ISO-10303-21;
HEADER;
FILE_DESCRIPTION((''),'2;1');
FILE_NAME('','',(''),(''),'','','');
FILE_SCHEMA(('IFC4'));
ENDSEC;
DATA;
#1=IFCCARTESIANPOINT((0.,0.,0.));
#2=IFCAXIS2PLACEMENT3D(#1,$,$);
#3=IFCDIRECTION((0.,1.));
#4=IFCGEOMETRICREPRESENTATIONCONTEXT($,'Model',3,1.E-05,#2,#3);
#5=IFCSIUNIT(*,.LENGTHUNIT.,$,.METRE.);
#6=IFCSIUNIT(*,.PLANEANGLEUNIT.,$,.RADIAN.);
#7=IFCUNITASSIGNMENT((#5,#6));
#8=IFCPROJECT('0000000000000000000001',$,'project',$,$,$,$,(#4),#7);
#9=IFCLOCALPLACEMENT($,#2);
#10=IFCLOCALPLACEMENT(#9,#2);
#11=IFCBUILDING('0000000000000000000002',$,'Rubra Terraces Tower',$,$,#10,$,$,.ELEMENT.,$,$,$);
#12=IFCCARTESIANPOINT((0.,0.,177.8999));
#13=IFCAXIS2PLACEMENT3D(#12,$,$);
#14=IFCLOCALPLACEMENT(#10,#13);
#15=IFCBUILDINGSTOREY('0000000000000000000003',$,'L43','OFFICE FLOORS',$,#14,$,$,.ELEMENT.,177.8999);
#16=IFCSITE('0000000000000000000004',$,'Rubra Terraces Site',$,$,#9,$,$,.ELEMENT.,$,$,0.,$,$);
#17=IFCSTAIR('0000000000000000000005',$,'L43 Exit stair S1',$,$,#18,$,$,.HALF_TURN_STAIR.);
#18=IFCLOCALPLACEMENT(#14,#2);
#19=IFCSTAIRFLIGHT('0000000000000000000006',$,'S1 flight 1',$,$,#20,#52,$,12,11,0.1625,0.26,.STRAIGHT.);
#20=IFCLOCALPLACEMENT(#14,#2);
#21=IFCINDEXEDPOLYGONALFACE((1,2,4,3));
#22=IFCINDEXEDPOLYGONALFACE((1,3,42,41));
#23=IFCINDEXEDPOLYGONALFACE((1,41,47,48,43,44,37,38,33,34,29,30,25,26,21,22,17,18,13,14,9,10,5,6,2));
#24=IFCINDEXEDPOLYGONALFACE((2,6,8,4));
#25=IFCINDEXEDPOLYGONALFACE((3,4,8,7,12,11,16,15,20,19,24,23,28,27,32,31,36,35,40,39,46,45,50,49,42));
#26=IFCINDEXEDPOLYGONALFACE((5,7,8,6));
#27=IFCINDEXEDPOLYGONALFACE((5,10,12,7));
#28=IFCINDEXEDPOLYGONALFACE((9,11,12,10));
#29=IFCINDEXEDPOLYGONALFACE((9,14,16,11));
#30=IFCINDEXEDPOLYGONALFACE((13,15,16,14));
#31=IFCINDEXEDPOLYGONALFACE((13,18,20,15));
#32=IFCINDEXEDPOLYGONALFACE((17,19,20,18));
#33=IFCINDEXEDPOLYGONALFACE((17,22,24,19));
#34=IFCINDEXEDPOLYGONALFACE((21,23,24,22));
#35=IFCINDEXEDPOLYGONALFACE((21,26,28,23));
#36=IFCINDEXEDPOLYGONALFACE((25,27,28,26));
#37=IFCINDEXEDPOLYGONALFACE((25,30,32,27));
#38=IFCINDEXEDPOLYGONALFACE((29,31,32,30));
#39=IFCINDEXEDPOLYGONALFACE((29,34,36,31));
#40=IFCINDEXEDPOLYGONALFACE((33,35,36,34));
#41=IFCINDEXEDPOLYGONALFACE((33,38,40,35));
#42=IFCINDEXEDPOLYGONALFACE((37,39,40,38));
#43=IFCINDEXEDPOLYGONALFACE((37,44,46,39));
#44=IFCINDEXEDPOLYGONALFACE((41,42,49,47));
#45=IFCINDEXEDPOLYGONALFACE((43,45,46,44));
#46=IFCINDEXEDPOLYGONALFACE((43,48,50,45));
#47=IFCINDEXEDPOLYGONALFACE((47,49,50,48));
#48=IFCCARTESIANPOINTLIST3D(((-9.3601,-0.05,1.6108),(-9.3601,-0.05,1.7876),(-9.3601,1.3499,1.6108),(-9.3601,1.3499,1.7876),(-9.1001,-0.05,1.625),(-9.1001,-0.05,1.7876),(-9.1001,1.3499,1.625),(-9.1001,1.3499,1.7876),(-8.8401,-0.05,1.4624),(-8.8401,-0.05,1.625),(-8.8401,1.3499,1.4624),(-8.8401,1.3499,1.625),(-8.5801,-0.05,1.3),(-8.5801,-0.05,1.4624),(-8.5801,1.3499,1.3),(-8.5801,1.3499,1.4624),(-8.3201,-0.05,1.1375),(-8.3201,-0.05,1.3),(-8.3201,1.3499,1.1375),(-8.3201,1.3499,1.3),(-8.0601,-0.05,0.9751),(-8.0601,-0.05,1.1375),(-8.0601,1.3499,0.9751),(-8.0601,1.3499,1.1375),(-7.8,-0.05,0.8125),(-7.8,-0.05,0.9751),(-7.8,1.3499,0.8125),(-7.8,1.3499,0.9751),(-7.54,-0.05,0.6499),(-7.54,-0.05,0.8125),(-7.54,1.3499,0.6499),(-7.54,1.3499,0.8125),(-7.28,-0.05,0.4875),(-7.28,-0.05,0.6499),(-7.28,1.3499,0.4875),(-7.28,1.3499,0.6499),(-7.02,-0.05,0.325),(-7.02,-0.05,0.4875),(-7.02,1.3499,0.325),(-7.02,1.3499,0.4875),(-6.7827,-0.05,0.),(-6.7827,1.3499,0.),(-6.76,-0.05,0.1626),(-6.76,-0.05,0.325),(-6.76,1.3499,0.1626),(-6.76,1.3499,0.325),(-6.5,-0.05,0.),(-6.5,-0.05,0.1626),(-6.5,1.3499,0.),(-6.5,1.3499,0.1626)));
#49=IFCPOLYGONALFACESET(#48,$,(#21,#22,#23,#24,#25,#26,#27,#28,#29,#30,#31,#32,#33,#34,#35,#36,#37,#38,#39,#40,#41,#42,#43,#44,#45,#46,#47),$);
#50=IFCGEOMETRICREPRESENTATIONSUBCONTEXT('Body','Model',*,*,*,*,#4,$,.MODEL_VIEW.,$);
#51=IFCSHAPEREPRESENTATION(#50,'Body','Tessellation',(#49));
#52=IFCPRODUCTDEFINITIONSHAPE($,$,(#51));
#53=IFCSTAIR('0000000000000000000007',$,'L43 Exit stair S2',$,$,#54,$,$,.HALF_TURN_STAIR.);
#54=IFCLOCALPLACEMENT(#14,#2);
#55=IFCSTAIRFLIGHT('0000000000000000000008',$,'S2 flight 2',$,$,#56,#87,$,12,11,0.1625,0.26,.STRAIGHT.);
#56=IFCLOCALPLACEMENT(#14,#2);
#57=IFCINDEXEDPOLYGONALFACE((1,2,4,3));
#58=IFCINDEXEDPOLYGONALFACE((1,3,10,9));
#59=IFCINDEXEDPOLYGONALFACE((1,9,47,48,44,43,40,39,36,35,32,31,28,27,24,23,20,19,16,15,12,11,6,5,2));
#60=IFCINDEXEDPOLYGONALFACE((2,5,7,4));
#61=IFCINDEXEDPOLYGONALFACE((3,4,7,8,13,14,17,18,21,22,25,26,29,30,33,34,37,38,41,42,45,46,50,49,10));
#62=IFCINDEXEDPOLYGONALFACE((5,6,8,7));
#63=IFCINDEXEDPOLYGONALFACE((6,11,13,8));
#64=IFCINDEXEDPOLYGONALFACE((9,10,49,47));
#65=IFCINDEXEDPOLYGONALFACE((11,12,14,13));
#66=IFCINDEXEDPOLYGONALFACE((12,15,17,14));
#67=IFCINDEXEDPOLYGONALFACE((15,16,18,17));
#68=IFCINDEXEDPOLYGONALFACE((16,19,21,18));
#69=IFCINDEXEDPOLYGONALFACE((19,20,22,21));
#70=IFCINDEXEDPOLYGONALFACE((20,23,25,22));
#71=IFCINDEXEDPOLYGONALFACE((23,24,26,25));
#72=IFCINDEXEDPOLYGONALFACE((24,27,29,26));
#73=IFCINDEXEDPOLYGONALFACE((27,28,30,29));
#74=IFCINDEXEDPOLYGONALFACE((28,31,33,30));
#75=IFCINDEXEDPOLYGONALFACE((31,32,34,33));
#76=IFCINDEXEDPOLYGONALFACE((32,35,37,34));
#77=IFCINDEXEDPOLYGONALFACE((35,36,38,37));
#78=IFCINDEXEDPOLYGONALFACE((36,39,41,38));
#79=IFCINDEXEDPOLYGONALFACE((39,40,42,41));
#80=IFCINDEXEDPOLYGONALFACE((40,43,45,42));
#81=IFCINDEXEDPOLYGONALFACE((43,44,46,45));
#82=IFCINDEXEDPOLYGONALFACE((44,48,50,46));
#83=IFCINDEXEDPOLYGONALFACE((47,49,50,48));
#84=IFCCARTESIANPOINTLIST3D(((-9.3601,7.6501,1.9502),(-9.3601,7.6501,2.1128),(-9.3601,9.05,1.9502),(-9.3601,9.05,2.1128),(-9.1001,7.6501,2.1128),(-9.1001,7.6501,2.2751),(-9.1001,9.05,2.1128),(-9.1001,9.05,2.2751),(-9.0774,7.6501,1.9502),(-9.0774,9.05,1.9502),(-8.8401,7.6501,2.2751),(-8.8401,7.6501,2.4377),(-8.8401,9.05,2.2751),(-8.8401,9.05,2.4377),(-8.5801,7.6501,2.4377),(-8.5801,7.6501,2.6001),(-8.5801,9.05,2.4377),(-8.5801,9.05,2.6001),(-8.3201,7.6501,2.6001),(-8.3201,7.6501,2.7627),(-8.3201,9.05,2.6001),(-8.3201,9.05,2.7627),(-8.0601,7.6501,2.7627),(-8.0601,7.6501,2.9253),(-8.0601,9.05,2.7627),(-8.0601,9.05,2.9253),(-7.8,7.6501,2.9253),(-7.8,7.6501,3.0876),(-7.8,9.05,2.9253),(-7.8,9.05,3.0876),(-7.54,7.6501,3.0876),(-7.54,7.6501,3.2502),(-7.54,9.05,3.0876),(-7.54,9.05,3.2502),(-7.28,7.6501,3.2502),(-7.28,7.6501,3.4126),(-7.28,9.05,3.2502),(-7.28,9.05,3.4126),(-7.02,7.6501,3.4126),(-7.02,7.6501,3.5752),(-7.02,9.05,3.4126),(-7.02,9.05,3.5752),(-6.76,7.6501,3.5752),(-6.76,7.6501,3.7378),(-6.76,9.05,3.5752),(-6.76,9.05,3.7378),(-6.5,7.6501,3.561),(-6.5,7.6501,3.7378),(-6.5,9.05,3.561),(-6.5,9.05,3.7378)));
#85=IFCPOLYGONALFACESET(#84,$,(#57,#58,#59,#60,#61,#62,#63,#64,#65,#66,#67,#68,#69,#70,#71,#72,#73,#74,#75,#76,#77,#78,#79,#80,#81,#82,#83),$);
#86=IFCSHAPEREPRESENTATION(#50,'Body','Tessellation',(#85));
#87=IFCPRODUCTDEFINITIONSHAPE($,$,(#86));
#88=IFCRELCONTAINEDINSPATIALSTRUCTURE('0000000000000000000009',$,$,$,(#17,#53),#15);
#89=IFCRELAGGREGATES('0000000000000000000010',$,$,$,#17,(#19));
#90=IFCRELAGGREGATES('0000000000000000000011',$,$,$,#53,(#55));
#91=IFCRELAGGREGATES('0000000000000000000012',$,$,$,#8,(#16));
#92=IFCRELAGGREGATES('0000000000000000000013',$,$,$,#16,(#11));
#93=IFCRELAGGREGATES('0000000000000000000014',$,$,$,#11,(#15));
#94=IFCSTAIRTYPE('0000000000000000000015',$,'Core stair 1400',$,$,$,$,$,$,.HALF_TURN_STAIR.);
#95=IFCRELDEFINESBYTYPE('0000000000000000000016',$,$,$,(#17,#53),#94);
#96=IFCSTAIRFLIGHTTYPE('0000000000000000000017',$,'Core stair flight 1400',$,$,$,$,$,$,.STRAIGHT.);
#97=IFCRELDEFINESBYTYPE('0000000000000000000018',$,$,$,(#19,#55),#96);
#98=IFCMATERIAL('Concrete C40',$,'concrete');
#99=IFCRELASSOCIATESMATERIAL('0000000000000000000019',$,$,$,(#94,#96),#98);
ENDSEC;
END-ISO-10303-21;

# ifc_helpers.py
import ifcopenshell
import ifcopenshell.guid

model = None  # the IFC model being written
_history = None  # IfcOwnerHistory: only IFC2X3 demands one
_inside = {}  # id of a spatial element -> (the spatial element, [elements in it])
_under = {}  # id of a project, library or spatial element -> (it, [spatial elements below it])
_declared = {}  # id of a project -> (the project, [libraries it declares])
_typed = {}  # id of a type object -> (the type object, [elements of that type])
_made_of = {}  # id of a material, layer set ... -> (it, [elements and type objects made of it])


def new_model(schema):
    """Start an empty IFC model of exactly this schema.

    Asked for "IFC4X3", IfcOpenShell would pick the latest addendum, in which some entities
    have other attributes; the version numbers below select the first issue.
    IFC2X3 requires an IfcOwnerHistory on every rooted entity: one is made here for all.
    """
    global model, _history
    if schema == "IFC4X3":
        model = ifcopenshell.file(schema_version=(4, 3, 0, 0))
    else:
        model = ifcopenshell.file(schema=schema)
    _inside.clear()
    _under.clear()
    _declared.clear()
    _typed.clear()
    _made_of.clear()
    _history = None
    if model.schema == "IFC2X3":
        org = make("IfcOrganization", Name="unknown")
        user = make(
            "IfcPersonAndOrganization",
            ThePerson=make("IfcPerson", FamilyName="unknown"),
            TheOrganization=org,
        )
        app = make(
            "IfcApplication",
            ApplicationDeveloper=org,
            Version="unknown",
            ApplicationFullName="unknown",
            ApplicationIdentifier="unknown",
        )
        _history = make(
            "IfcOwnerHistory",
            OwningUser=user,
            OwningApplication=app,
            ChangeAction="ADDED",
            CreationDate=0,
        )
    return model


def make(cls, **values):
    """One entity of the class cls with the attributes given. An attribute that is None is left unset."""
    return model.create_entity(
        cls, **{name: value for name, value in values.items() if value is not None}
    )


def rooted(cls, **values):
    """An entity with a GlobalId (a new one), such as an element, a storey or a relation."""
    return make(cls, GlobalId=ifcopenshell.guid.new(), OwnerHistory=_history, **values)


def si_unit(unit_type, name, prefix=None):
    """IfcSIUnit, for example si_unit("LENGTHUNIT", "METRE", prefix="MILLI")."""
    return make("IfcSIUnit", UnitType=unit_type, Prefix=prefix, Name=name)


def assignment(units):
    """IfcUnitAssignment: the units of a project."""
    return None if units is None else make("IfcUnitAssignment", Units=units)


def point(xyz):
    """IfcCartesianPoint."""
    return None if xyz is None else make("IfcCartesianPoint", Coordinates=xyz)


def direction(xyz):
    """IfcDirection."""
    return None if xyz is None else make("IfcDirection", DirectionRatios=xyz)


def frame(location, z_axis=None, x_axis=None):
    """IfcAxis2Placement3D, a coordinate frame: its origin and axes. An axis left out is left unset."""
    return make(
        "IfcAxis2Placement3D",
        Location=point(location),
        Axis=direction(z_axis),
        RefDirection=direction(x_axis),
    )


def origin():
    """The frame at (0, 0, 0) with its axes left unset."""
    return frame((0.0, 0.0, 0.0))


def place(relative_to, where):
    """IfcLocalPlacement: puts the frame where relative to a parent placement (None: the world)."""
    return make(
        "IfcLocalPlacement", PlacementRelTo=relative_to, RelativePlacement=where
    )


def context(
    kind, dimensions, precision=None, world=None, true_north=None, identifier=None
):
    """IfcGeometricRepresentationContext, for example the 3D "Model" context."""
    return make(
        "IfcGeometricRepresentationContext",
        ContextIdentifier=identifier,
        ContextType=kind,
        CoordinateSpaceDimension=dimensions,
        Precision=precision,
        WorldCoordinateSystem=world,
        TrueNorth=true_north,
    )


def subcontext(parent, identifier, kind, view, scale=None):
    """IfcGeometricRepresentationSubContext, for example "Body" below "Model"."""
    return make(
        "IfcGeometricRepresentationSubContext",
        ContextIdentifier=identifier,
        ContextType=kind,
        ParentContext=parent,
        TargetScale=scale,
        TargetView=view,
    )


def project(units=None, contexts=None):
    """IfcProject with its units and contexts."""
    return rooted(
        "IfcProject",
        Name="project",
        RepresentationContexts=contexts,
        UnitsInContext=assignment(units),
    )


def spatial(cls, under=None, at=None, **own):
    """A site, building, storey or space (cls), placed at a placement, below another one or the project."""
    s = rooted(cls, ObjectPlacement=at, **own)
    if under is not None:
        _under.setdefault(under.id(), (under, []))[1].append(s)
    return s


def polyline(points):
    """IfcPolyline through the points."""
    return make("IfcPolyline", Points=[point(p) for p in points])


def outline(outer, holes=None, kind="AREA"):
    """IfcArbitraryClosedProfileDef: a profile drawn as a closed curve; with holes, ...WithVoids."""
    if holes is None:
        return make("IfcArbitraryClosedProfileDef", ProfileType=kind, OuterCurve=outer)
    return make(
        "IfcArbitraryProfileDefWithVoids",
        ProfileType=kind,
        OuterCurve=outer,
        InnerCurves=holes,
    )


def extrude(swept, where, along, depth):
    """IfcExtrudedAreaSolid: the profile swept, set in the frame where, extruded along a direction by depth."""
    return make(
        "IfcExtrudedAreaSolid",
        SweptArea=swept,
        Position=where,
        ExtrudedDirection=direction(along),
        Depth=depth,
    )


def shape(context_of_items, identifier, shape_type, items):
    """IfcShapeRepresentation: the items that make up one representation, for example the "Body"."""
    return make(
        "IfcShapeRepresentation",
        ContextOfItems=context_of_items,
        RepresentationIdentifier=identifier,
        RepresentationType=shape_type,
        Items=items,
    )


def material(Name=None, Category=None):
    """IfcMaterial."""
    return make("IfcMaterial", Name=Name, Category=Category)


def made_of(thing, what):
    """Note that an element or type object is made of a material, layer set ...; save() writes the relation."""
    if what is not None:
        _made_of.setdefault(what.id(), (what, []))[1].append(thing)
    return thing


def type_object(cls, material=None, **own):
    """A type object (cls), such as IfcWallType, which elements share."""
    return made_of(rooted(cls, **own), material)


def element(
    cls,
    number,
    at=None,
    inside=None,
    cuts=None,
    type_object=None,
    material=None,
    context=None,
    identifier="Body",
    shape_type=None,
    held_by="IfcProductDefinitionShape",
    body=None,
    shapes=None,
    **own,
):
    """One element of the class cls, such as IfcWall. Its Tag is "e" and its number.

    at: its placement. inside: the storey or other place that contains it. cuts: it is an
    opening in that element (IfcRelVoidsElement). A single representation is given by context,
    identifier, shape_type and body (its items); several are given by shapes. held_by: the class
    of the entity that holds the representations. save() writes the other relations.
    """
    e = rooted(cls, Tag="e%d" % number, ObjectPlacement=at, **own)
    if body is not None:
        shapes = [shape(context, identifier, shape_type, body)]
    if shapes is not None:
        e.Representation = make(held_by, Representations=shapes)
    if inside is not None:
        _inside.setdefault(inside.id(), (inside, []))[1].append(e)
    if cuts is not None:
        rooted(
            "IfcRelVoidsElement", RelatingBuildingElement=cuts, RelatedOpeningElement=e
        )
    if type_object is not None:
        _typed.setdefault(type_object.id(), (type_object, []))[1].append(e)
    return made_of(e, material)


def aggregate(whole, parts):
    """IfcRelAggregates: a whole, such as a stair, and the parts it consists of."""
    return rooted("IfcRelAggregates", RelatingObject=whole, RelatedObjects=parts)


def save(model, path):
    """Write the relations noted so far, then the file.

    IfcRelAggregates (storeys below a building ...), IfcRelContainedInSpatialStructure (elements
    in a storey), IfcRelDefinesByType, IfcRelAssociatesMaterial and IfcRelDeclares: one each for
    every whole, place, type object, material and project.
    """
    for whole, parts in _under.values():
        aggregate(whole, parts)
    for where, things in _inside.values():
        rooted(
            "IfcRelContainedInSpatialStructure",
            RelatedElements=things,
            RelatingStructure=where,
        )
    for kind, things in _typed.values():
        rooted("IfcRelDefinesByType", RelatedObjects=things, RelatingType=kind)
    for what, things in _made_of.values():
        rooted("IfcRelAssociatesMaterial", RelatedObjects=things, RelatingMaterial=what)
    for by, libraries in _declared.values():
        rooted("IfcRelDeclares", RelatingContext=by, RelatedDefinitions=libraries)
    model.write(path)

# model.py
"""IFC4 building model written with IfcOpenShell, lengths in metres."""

from ifc_helpers import new_model, si_unit, direction, frame, origin, place, context, subcontext, project, spatial, polyline, outline, extrude, material, type_object, element, aggregate, save


model = new_model("IFC4")

# Units and contexts
model_context = context("Model", 3, precision=1e-05, world=origin(), true_north=direction((0.0, 1.0)))
body_context = subcontext(model_context, "Body", "Model", "MODEL_VIEW")
ifc_project = project(units=[si_unit("LENGTHUNIT", "METRE"), si_unit("PLANEANGLEUNIT", "RADIAN")], contexts=[model_context])

# Site, building, storey
site_placement = place(None, origin())
site = spatial("IfcSite", under=ifc_project, at=site_placement, Name="Rubra Terraces Site", CompositionType="ELEMENT", RefElevation=0.0)
building_placement = place(site_placement, origin())
building = spatial("IfcBuilding", under=site, at=building_placement, Name="Rubra Terraces Tower", CompositionType="ELEMENT")
storey_placement = place(building_placement, frame((0.0, 0.0, 177.8999)))
storey = spatial("IfcBuildingStorey", under=building, at=storey_placement, Name="L43", Description="OFFICE FLOORS", CompositionType="ELEMENT", Elevation=177.8999)

# Shared definitions
ifc_material_1 = material(Name="Concrete C40", Category="concrete")

# Stairs, stair flights
stair_type = type_object("IfcStairType", Name="Core stair 1400", PredefinedType="HALF_TURN_STAIR", material=ifc_material_1)
stair_1_placement = place(storey_placement, origin())
stair_1 = element("IfcStair", 1, at=stair_1_placement, inside=storey, type_object=stair_type, Name="L43 Exit stair S1", PredefinedType="HALF_TURN_STAIR")
stair_flight_type = type_object("IfcStairFlightType", Name="Core stair flight 1400", PredefinedType="STRAIGHT", material=ifc_material_1)
stair_flight_1_placement = place(storey_placement, frame((-6.5, 0.6499, 0.0), z_axis=(0.0, 0.0, 1.0), x_axis=(-1.0, 0.0, 0.0)))
stair_flight_1 = element("IfcStairFlight", 2, at=stair_flight_1_placement, type_object=stair_flight_type, Name="S1 flight 1", NumberOfRisers=12, NumberOfTreads=11, PredefinedType="STRAIGHT", RiserHeight=0.1625, TreadLength=0.26, context=body_context, shape_type="SweptSolid", body=[
    extrude(outline(polyline([(0.0, 0.0), (0.0, 0.1626), (0.26, 0.1626), (0.26, 0.325), (0.52, 0.325), (0.52, 0.4875), (0.78, 0.4875), (0.78, 0.6499), (1.04, 0.6499), (1.04, 0.8125), (1.3, 0.8125), (1.3, 0.9751), (1.5601, 0.9751), (1.5601, 1.1375), (1.8201, 1.1375), (1.8201, 1.3), (2.0801, 1.3), (2.0801, 1.4624), (2.3401, 1.4624), (2.3401, 1.625), (2.6001, 1.625), (2.6001, 1.7876), (2.8601, 1.7876), (2.8601, 1.95), (2.8601, 1.6108), (0.2827, 0.0), (0.0, 0.0)])), frame((0.0, 0.7, 0.0), z_axis=(0.0, -1.0, 0.0), x_axis=(1.0, 0.0, 0.0)), (0.0, 0.0, 1.0), 1.3999),
])
aggregate(stair_1, [stair_flight_1])
stair_2_placement = place(storey_placement, origin())
stair_2 = element("IfcStair", 3, at=stair_2_placement, inside=storey, type_object=stair_type, Name="L43 Exit stair S2", PredefinedType="HALF_TURN_STAIR")
stair_flight_2_placement = place(storey_placement, frame((-9.3601, 8.3501, 1.9502), z_axis=(0.0, 0.0, 1.0), x_axis=(1.0, 0.0, 0.0)))
stair_flight_2 = element("IfcStairFlight", 4, at=stair_flight_2_placement, type_object=stair_flight_type, Name="S2 flight 2", NumberOfRisers=12, NumberOfTreads=11, PredefinedType="STRAIGHT", RiserHeight=0.1625, TreadLength=0.26, context=body_context, shape_type="SweptSolid", body=[
    extrude(outline(polyline([(0.0, 0.0), (0.0, 0.1626), (0.26, 0.1626), (0.26, 0.325), (0.52, 0.325), (0.52, 0.4875), (0.78, 0.4875), (0.78, 0.6499), (1.04, 0.6499), (1.04, 0.8125), (1.3, 0.8125), (1.3, 0.9751), (1.5601, 0.9751), (1.5601, 1.1375), (1.8201, 1.1375), (1.8201, 1.3), (2.0801, 1.3), (2.0801, 1.4624), (2.3401, 1.4624), (2.3401, 1.625), (2.6001, 1.625), (2.6001, 1.7876), (2.8601, 1.7876), (2.8601, 1.95), (2.8601, 1.6108), (0.2827, 0.0), (0.0, 0.0)])), frame((0.0, 0.7, 0.0), z_axis=(0.0, -1.0, 0.0), x_axis=(1.0, 0.0, 0.0)), (0.0, 0.0, 1.0), 1.3999),
])
aggregate(stair_2, [stair_flight_2])

save(model, "model.ifc")
